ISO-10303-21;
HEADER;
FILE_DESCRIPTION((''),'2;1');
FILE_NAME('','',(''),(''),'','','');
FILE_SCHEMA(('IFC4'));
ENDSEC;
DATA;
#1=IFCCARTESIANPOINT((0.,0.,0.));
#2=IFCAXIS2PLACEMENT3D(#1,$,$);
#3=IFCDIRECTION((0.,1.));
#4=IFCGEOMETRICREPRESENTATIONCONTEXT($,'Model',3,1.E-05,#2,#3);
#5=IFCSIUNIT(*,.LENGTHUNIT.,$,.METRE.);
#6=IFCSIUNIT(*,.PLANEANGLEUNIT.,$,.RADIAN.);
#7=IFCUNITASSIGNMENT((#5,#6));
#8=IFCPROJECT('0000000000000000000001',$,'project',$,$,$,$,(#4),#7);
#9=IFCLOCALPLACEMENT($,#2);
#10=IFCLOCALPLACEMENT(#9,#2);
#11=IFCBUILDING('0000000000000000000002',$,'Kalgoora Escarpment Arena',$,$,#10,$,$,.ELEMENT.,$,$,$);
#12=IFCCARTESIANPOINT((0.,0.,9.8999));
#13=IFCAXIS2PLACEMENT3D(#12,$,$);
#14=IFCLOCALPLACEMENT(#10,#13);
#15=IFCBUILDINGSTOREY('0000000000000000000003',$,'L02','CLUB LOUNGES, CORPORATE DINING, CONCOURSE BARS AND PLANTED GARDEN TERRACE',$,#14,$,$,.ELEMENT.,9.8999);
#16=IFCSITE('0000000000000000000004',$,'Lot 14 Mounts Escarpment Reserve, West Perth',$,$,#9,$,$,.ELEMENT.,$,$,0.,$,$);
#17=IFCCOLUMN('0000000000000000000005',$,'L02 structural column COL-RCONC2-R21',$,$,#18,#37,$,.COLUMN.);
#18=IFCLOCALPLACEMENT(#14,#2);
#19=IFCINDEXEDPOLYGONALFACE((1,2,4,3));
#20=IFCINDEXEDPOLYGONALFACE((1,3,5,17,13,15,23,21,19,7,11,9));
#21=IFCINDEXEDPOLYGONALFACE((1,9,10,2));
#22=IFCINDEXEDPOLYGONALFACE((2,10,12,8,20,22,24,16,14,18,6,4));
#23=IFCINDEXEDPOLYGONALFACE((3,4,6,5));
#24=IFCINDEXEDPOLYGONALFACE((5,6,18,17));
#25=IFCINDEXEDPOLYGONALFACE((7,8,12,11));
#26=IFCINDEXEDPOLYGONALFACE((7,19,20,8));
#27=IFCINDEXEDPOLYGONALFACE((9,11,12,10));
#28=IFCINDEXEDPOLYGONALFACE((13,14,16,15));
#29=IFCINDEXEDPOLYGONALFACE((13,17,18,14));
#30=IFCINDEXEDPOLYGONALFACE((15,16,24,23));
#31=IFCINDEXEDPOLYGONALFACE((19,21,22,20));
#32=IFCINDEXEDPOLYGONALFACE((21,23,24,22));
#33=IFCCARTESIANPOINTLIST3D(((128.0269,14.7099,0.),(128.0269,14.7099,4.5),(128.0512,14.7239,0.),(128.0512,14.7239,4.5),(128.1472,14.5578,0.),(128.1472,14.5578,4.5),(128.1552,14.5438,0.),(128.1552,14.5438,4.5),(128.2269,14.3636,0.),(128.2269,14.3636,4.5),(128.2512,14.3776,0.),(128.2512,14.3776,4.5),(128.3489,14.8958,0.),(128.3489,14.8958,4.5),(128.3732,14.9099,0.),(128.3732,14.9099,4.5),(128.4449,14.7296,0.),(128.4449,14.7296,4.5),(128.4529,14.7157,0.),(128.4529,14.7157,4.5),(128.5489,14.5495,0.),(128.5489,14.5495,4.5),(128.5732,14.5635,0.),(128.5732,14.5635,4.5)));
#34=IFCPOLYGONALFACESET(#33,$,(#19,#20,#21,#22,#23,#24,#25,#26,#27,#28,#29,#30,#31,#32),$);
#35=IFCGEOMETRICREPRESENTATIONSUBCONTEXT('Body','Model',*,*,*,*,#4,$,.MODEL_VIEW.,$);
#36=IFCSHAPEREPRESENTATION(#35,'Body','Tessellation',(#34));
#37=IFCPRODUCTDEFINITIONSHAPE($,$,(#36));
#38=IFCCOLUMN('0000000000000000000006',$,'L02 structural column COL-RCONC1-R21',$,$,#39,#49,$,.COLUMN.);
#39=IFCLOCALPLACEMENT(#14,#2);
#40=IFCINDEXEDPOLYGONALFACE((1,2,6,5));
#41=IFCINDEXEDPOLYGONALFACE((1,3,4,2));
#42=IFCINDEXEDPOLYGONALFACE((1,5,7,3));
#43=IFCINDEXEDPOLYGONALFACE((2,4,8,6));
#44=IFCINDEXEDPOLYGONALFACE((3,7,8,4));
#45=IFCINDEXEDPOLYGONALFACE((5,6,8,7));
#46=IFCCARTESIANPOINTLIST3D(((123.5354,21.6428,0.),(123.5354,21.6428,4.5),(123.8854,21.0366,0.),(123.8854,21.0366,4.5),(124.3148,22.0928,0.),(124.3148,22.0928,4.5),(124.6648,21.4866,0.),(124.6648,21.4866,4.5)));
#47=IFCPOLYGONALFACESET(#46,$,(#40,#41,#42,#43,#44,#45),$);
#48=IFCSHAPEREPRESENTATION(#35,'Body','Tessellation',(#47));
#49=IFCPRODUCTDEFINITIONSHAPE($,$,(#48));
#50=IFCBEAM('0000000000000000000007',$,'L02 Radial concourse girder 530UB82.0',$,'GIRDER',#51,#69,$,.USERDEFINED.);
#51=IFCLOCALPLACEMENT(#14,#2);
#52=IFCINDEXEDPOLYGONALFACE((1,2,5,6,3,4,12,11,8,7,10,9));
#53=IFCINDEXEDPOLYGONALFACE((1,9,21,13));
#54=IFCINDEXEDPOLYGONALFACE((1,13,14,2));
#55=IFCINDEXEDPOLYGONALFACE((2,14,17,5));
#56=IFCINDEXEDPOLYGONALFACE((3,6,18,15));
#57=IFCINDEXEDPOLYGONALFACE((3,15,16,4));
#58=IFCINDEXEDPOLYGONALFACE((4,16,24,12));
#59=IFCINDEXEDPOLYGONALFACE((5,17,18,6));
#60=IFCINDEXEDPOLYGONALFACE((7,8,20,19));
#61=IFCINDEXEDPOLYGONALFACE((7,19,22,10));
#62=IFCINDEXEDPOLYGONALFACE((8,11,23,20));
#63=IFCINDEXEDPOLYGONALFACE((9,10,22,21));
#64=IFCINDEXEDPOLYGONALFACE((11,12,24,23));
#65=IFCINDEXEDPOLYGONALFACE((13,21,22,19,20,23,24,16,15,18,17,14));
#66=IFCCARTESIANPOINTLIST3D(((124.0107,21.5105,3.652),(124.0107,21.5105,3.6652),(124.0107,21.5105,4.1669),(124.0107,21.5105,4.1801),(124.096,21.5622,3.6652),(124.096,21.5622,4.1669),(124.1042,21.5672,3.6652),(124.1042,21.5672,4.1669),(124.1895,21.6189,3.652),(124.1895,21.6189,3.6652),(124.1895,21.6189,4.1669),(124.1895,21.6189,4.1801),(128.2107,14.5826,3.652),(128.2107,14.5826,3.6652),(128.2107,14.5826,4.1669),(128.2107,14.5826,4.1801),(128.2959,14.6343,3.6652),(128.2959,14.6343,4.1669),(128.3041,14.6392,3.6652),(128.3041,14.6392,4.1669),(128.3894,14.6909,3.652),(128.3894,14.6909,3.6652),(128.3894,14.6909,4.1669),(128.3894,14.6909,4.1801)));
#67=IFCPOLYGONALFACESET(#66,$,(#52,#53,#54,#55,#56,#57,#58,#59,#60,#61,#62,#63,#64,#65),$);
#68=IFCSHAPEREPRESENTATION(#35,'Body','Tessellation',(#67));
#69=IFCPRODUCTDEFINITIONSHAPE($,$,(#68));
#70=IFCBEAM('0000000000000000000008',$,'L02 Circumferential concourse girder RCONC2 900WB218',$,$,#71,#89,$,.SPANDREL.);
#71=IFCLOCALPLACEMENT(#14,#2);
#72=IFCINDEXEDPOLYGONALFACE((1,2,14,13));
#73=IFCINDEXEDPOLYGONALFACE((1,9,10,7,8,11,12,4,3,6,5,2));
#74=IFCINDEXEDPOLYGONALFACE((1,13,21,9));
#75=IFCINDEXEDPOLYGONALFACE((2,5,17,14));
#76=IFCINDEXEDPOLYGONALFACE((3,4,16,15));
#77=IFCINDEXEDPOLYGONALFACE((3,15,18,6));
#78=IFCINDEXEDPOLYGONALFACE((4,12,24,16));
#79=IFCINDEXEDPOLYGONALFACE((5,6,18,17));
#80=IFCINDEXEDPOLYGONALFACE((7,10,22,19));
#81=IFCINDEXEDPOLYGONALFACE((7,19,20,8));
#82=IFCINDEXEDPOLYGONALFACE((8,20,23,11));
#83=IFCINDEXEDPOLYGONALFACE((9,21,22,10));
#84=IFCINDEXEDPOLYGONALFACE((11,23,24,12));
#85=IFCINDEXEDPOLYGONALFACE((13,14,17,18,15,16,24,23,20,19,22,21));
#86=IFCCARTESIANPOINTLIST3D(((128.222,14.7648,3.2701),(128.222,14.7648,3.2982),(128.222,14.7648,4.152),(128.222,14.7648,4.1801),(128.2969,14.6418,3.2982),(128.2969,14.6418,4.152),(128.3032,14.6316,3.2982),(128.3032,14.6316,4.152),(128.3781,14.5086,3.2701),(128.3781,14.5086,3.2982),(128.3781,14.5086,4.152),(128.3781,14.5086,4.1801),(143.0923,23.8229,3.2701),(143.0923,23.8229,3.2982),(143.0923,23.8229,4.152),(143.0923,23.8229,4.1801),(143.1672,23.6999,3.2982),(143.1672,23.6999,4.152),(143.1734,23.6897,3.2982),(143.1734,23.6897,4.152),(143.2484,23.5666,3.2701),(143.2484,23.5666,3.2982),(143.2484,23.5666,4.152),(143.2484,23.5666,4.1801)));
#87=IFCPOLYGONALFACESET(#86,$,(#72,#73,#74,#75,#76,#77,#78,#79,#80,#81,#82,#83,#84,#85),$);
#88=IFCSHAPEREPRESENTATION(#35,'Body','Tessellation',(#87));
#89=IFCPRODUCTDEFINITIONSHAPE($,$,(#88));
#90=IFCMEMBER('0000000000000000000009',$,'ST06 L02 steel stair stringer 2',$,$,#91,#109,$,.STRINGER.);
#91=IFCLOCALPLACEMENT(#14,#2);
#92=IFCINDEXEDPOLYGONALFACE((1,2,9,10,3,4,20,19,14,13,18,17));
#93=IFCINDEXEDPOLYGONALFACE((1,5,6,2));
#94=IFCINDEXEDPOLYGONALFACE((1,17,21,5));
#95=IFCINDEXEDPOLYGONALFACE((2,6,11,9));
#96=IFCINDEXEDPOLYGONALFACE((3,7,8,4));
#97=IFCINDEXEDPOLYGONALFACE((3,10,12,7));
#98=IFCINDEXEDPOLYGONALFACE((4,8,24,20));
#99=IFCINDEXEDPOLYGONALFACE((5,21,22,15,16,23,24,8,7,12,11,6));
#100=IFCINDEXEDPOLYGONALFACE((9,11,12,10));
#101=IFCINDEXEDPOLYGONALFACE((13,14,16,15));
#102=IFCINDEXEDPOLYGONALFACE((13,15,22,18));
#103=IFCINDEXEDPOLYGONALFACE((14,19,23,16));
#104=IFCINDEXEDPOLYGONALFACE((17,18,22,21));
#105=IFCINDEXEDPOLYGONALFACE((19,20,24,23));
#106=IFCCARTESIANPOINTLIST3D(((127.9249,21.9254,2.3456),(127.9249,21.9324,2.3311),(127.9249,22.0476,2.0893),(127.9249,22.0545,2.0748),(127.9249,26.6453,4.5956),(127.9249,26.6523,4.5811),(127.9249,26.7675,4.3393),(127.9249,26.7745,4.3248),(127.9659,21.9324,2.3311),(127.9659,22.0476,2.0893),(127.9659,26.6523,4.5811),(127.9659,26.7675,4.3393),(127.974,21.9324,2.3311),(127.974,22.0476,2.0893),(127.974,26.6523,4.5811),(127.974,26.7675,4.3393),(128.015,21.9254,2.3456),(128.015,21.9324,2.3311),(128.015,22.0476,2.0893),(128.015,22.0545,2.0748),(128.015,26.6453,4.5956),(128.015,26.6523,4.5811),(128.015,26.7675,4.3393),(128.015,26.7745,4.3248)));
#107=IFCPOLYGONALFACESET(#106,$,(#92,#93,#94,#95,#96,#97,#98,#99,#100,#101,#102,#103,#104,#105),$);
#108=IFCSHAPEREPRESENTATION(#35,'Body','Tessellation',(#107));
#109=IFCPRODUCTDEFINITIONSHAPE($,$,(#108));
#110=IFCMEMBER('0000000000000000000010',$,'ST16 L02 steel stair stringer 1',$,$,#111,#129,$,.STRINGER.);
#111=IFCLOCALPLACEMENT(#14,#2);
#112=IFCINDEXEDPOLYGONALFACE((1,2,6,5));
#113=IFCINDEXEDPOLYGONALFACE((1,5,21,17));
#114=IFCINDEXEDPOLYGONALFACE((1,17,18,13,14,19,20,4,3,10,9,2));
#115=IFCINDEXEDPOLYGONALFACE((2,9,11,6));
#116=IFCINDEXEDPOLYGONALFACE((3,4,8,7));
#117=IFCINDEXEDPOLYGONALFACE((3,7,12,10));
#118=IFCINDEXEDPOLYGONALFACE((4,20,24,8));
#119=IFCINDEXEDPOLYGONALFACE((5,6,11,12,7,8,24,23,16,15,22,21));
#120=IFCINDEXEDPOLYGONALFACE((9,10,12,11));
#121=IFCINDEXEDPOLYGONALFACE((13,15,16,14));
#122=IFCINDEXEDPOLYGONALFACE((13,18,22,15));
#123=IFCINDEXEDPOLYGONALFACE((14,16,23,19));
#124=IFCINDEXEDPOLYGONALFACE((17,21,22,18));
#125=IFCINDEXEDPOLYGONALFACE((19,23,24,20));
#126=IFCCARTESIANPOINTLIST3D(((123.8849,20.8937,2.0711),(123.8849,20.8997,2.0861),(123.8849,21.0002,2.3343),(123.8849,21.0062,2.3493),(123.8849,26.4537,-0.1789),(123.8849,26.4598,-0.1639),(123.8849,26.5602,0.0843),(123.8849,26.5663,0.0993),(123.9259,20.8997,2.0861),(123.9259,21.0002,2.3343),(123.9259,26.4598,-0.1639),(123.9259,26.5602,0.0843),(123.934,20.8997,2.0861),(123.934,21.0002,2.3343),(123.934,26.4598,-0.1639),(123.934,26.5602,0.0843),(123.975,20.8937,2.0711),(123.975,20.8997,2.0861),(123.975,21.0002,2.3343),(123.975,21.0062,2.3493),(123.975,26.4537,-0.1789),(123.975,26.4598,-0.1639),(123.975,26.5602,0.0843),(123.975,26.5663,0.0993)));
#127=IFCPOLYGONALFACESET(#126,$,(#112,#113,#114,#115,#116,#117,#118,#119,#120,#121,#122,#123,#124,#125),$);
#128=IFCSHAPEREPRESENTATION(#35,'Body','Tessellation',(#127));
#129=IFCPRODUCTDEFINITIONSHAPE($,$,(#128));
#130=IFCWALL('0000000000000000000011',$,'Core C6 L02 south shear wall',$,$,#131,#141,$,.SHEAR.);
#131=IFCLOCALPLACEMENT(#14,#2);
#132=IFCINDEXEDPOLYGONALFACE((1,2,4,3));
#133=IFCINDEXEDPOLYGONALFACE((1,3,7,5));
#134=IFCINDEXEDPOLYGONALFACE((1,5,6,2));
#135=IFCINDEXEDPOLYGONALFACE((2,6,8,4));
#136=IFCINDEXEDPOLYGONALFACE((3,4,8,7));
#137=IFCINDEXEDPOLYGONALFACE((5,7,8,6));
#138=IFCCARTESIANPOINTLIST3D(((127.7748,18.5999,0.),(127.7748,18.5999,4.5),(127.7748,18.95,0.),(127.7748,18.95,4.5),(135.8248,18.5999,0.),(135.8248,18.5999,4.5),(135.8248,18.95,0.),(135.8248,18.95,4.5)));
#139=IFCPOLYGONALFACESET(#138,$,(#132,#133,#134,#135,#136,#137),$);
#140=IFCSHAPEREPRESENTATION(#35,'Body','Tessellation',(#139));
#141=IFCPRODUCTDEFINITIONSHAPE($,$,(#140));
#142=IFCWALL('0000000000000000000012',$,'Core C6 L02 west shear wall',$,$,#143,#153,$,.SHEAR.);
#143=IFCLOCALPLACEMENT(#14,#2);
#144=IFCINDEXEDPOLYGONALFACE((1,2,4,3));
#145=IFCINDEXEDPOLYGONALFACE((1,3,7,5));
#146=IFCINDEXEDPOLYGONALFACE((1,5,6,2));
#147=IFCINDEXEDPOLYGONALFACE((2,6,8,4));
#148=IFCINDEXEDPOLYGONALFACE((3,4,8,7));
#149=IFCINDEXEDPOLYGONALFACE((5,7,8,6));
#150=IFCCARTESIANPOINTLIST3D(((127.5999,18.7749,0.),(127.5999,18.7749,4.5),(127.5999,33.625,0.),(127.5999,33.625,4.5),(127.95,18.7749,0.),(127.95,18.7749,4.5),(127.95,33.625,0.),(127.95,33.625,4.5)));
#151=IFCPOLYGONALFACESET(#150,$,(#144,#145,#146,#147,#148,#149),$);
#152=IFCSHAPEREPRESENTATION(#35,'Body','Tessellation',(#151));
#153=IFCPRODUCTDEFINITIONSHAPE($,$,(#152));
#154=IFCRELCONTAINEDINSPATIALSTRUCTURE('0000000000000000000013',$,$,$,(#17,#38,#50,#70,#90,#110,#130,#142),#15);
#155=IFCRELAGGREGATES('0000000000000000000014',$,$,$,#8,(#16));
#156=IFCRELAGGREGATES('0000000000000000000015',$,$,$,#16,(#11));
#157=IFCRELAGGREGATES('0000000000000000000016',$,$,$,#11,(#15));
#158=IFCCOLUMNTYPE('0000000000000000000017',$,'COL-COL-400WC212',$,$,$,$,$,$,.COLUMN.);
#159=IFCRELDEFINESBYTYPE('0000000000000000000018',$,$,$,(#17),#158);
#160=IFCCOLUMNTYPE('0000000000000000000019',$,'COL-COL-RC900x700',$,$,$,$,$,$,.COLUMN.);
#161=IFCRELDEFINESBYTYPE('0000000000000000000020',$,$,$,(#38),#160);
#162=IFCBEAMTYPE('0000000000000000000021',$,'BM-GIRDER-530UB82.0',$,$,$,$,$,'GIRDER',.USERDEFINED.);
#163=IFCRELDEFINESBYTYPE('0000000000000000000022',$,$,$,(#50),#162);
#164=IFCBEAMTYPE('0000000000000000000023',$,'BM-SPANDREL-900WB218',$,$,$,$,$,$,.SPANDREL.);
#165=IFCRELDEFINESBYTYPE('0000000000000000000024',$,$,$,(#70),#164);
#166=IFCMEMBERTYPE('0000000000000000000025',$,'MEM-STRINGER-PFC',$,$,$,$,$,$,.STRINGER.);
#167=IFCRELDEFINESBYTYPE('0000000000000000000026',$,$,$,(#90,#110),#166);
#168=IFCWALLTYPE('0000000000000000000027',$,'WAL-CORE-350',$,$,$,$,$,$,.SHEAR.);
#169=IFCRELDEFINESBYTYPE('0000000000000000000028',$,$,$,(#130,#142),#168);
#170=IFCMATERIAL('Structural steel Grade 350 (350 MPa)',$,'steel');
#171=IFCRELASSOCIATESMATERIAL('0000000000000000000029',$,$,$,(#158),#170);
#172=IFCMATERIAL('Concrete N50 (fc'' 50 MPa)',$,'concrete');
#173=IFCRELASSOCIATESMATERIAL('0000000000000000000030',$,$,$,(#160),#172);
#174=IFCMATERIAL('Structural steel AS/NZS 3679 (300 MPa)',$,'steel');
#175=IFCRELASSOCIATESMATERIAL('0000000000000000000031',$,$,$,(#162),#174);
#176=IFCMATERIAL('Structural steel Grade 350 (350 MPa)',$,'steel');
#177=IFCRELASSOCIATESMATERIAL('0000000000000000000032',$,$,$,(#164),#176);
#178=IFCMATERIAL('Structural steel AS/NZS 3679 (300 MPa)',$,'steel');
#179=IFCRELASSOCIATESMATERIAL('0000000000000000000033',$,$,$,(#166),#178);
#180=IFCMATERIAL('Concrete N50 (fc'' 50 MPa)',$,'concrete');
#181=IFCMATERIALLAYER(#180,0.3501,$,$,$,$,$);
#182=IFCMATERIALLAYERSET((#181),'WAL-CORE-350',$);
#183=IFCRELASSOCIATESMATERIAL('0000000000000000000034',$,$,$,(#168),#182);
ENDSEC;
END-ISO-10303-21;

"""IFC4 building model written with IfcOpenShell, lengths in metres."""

from ifc_helpers import new_model, si_unit, direction, frame, frame_2d, origin, origin_2d, place, context, subcontext, project, spatial, rectangle, i_section, extrude, material, layer, layer_set, material_profile, profile_set, type_object, element, save


model = new_model("IFC4")

# Units and contexts
model_context = context("Model", 3, precision=1e-05, world=origin(), true_north=direction((0.0, 1.0)))
body_context = subcontext(model_context, "Body", "Model", "MODEL_VIEW")
ifc_project = project(units=[si_unit("LENGTHUNIT", "METRE"), si_unit("PLANEANGLEUNIT", "RADIAN")], contexts=[model_context])

# Site, building, storey
site_placement = place(None, origin())
site = spatial("IfcSite", under=ifc_project, at=site_placement, Name="Lot 14 Mounts Escarpment Reserve, West Perth", CompositionType="ELEMENT", RefElevation=0.0)
building_placement = place(site_placement, origin())
building = spatial("IfcBuilding", under=site, at=building_placement, Name="Kalgoora Escarpment Arena", CompositionType="ELEMENT")
storey_placement = place(building_placement, frame((0.0, 0.0, 9.8999)))
storey = spatial("IfcBuildingStorey", under=building, at=storey_placement, Name="L02", Description="CLUB LOUNGES, CORPORATE DINING, CONCOURSE BARS AND PLANTED GARDEN TERRACE", CompositionType="ELEMENT", Elevation=9.8999)

# Columns
ifc_material_1 = material(Name="Structural steel Grade 350 (350 MPa)", Category="steel")
ifc_material_profile_1 = material_profile(ifc_material_1, i_section(OverallWidth=0.3999, OverallDepth=0.3999, WebThickness=0.0161, FlangeThickness=0.0281, at=origin_2d()))
ifc_profile_set_1 = profile_set([ifc_material_profile_1], Name="Structural steel Grade 350 (350 MPa)")
column_type_1 = type_object("IfcColumnType", Name="COL-COL-400WC212", PredefinedType="COLUMN", material=ifc_profile_set_1)
column_1_placement = place(storey_placement, frame((128.3, 14.6367, 0.0), z_axis=(0.0, 0.0, 1.0), x_axis=(0.5, -0.866025, 0.0)))
element("IfcColumn", 1, at=column_1_placement, inside=storey, type_object=column_type_1, Name="L02 structural column COL-RCONC2-R21", PredefinedType="COLUMN", context=body_context, shape_type="SweptSolid", body=[
    extrude(i_section(OverallWidth=0.3999, OverallDepth=0.3999, WebThickness=0.0161, FlangeThickness=0.0281, at=origin_2d()), origin(), (0.0, 0.0, 1.0), 4.5),
])
ifc_material_2 = material(Name="Concrete N50 (fc' 50 MPa)", Category="concrete")
ifc_material_profile_2 = material_profile(ifc_material_2, rectangle(XDim=0.7, YDim=0.8999, at=origin_2d()))
ifc_profile_set_2 = profile_set([ifc_material_profile_2], Name="Concrete N50 (fc' 50 MPa)")
column_type_2 = type_object("IfcColumnType", Name="COL-COL-RC900x700", PredefinedType="COLUMN", material=ifc_profile_set_2)
column_2_placement = place(storey_placement, frame((124.1001, 21.5647, 0.0), z_axis=(0.0, 0.0, 1.0), x_axis=(0.5, -0.866025, 0.0)))
element("IfcColumn", 2, at=column_2_placement, inside=storey, type_object=column_type_2, Name="L02 structural column COL-RCONC1-R21", PredefinedType="COLUMN", context=body_context, shape_type="SweptSolid", body=[
    extrude(rectangle(XDim=0.7, YDim=0.8999, at=origin_2d()), origin(), (0.0, 0.0, 1.0), 4.5),
])

# Beams
ifc_material_3 = material(Name="Structural steel AS/NZS 3679 (300 MPa)", Category="steel")
ifc_material_profile_3 = material_profile(ifc_material_3, i_section(OverallWidth=0.209, OverallDepth=0.5281, WebThickness=0.0095, FlangeThickness=0.0132, at=origin_2d()))
ifc_profile_set_3 = profile_set([ifc_material_profile_3], Name="Structural steel AS/NZS 3679 (300 MPa)")
beam_type_1 = type_object("IfcBeamType", Name="BM-GIRDER-530UB82.0", ElementType="GIRDER", PredefinedType="USERDEFINED", material=ifc_profile_set_3)
beam_1_placement = place(storey_placement, frame((124.1001, 21.5647, 3.916), z_axis=(0.518408, -0.855133, 0.0), x_axis=(0.855133, 0.518408, 0.0)))
element("IfcBeam", 3, at=beam_1_placement, inside=storey, type_object=beam_type_1, Name="L02 Radial concourse girder 530UB82.0", ObjectType="GIRDER", PredefinedType="USERDEFINED", context=body_context, shape_type="SweptSolid", body=[
    extrude(i_section(OverallWidth=0.209, OverallDepth=0.5281, WebThickness=0.0095, FlangeThickness=0.0132, at=origin_2d()), origin(), (0.0, 0.0, 1.0), 8.1016),
])
ifc_material_4 = material(Name="Structural steel Grade 350 (350 MPa)", Category="steel")
ifc_material_profile_4 = material_profile(ifc_material_4, i_section(OverallWidth=0.3, OverallDepth=0.9099, WebThickness=0.012, FlangeThickness=0.0281, at=origin_2d()))
ifc_profile_set_4 = profile_set([ifc_material_profile_4], Name="Structural steel Grade 350 (350 MPa)")
beam_type_2 = type_object("IfcBeamType", Name="BM-SPANDREL-900WB218", PredefinedType="SPANDREL", material=ifc_profile_set_4)
beam_2_placement = place(storey_placement, frame((128.3, 14.6367, 3.7251), z_axis=(0.854031, 0.520223, 0.0), x_axis=(-0.520223, 0.854031, 0.0)))
element("IfcBeam", 4, at=beam_2_placement, inside=storey, type_object=beam_type_2, Name="L02 Circumferential concourse girder RCONC2 900WB218", PredefinedType="SPANDREL", context=body_context, shape_type="SweptSolid", body=[
    extrude(i_section(OverallWidth=0.3, OverallDepth=0.9099, WebThickness=0.012, FlangeThickness=0.0281, at=origin_2d()), origin(), (0.0, 0.0, 1.0), 17.4119),
])

# Members
ifc_material_5 = material(Name="Structural steel AS/NZS 3679 (300 MPa)", Category="steel")
ifc_material_profile_5 = material_profile(ifc_material_5, i_section(OverallWidth=0.0901, OverallDepth=0.3, WebThickness=0.0081, FlangeThickness=0.0161, at=origin_2d()))
ifc_profile_set_5 = profile_set([ifc_material_profile_5], Name="Structural steel AS/NZS 3679 (300 MPa)")
member_type = type_object("IfcMemberType", Name="MEM-STRINGER-PFC", PredefinedType="STRINGER", material=ifc_profile_set_5)
member_1_placement = place(storey_placement, frame((127.97, 21.99, 2.2102), z_axis=(0.0, 0.902683, 0.430307), x_axis=(-1.0, 0.0, 0.0)))
element("IfcMember", 5, at=member_1_placement, inside=storey, type_object=member_type, Name="ST06 L02 steel stair stringer 2", PredefinedType="STRINGER", context=body_context, shape_type="SweptSolid", body=[
    extrude(i_section(OverallWidth=0.0901, OverallDepth=0.3, WebThickness=0.0081, FlangeThickness=0.0161, at=origin_2d()), origin(), (0.0, 0.0, 1.0), 5.2288),
])
member_2_placement = place(storey_placement, frame((123.9299, 26.51, -0.0398), z_axis=(0.0, -0.926976, 0.375121), x_axis=(1.0, 0.0, 0.0)))
element("IfcMember", 6, at=member_2_placement, inside=storey, type_object=member_type, Name="ST16 L02 steel stair stringer 1", PredefinedType="STRINGER", context=body_context, shape_type="SweptSolid", body=[
    extrude(i_section(OverallWidth=0.0901, OverallDepth=0.3, WebThickness=0.0081, FlangeThickness=0.0161, at=origin_2d()), origin(), (0.0, 0.0, 1.0), 5.998),
])

# Walls
ifc_material_6 = material(Name="Concrete N50 (fc' 50 MPa)", Category="concrete")
ifc_layer_1 = layer(ifc_material_6, 0.3501)
ifc_layer_set_1 = layer_set([ifc_layer_1], Name="WAL-CORE-350")
wall_type_1 = type_object("IfcWallType", Name="WAL-CORE-350", PredefinedType="SHEAR", material=ifc_layer_set_1)
wall_1_placement = place(storey_placement, frame((127.7749, 18.7749, 0.0), z_axis=(0.0, 0.0, 1.0), x_axis=(1.0, 0.0, 0.0)))
element("IfcWall", 7, at=wall_1_placement, inside=storey, type_object=wall_type_1, Name="Core C6 L02 south shear wall", PredefinedType="SHEAR", context=body_context, shape_type="SweptSolid", body=[
    extrude(rectangle(XDim=8.05, YDim=0.3501, at=frame_2d((4.0249, 0.0))), origin(), (0.0, 0.0, 1.0), 4.5),
])
wall_2_placement = place(storey_placement, frame((127.7749, 18.7749, 0.0), z_axis=(0.0, 0.0, 1.0), x_axis=(0.0, 1.0, 0.0)))
element("IfcWall", 8, at=wall_2_placement, inside=storey, type_object=wall_type_1, Name="Core C6 L02 west shear wall", PredefinedType="SHEAR", context=body_context, shape_type="SweptSolid", body=[
    extrude(rectangle(XDim=14.8501, YDim=0.3501, at=frame_2d((7.425, 0.0))), origin(), (0.0, 0.0, 1.0), 4.5),
])

save(model, "model.ifc")
